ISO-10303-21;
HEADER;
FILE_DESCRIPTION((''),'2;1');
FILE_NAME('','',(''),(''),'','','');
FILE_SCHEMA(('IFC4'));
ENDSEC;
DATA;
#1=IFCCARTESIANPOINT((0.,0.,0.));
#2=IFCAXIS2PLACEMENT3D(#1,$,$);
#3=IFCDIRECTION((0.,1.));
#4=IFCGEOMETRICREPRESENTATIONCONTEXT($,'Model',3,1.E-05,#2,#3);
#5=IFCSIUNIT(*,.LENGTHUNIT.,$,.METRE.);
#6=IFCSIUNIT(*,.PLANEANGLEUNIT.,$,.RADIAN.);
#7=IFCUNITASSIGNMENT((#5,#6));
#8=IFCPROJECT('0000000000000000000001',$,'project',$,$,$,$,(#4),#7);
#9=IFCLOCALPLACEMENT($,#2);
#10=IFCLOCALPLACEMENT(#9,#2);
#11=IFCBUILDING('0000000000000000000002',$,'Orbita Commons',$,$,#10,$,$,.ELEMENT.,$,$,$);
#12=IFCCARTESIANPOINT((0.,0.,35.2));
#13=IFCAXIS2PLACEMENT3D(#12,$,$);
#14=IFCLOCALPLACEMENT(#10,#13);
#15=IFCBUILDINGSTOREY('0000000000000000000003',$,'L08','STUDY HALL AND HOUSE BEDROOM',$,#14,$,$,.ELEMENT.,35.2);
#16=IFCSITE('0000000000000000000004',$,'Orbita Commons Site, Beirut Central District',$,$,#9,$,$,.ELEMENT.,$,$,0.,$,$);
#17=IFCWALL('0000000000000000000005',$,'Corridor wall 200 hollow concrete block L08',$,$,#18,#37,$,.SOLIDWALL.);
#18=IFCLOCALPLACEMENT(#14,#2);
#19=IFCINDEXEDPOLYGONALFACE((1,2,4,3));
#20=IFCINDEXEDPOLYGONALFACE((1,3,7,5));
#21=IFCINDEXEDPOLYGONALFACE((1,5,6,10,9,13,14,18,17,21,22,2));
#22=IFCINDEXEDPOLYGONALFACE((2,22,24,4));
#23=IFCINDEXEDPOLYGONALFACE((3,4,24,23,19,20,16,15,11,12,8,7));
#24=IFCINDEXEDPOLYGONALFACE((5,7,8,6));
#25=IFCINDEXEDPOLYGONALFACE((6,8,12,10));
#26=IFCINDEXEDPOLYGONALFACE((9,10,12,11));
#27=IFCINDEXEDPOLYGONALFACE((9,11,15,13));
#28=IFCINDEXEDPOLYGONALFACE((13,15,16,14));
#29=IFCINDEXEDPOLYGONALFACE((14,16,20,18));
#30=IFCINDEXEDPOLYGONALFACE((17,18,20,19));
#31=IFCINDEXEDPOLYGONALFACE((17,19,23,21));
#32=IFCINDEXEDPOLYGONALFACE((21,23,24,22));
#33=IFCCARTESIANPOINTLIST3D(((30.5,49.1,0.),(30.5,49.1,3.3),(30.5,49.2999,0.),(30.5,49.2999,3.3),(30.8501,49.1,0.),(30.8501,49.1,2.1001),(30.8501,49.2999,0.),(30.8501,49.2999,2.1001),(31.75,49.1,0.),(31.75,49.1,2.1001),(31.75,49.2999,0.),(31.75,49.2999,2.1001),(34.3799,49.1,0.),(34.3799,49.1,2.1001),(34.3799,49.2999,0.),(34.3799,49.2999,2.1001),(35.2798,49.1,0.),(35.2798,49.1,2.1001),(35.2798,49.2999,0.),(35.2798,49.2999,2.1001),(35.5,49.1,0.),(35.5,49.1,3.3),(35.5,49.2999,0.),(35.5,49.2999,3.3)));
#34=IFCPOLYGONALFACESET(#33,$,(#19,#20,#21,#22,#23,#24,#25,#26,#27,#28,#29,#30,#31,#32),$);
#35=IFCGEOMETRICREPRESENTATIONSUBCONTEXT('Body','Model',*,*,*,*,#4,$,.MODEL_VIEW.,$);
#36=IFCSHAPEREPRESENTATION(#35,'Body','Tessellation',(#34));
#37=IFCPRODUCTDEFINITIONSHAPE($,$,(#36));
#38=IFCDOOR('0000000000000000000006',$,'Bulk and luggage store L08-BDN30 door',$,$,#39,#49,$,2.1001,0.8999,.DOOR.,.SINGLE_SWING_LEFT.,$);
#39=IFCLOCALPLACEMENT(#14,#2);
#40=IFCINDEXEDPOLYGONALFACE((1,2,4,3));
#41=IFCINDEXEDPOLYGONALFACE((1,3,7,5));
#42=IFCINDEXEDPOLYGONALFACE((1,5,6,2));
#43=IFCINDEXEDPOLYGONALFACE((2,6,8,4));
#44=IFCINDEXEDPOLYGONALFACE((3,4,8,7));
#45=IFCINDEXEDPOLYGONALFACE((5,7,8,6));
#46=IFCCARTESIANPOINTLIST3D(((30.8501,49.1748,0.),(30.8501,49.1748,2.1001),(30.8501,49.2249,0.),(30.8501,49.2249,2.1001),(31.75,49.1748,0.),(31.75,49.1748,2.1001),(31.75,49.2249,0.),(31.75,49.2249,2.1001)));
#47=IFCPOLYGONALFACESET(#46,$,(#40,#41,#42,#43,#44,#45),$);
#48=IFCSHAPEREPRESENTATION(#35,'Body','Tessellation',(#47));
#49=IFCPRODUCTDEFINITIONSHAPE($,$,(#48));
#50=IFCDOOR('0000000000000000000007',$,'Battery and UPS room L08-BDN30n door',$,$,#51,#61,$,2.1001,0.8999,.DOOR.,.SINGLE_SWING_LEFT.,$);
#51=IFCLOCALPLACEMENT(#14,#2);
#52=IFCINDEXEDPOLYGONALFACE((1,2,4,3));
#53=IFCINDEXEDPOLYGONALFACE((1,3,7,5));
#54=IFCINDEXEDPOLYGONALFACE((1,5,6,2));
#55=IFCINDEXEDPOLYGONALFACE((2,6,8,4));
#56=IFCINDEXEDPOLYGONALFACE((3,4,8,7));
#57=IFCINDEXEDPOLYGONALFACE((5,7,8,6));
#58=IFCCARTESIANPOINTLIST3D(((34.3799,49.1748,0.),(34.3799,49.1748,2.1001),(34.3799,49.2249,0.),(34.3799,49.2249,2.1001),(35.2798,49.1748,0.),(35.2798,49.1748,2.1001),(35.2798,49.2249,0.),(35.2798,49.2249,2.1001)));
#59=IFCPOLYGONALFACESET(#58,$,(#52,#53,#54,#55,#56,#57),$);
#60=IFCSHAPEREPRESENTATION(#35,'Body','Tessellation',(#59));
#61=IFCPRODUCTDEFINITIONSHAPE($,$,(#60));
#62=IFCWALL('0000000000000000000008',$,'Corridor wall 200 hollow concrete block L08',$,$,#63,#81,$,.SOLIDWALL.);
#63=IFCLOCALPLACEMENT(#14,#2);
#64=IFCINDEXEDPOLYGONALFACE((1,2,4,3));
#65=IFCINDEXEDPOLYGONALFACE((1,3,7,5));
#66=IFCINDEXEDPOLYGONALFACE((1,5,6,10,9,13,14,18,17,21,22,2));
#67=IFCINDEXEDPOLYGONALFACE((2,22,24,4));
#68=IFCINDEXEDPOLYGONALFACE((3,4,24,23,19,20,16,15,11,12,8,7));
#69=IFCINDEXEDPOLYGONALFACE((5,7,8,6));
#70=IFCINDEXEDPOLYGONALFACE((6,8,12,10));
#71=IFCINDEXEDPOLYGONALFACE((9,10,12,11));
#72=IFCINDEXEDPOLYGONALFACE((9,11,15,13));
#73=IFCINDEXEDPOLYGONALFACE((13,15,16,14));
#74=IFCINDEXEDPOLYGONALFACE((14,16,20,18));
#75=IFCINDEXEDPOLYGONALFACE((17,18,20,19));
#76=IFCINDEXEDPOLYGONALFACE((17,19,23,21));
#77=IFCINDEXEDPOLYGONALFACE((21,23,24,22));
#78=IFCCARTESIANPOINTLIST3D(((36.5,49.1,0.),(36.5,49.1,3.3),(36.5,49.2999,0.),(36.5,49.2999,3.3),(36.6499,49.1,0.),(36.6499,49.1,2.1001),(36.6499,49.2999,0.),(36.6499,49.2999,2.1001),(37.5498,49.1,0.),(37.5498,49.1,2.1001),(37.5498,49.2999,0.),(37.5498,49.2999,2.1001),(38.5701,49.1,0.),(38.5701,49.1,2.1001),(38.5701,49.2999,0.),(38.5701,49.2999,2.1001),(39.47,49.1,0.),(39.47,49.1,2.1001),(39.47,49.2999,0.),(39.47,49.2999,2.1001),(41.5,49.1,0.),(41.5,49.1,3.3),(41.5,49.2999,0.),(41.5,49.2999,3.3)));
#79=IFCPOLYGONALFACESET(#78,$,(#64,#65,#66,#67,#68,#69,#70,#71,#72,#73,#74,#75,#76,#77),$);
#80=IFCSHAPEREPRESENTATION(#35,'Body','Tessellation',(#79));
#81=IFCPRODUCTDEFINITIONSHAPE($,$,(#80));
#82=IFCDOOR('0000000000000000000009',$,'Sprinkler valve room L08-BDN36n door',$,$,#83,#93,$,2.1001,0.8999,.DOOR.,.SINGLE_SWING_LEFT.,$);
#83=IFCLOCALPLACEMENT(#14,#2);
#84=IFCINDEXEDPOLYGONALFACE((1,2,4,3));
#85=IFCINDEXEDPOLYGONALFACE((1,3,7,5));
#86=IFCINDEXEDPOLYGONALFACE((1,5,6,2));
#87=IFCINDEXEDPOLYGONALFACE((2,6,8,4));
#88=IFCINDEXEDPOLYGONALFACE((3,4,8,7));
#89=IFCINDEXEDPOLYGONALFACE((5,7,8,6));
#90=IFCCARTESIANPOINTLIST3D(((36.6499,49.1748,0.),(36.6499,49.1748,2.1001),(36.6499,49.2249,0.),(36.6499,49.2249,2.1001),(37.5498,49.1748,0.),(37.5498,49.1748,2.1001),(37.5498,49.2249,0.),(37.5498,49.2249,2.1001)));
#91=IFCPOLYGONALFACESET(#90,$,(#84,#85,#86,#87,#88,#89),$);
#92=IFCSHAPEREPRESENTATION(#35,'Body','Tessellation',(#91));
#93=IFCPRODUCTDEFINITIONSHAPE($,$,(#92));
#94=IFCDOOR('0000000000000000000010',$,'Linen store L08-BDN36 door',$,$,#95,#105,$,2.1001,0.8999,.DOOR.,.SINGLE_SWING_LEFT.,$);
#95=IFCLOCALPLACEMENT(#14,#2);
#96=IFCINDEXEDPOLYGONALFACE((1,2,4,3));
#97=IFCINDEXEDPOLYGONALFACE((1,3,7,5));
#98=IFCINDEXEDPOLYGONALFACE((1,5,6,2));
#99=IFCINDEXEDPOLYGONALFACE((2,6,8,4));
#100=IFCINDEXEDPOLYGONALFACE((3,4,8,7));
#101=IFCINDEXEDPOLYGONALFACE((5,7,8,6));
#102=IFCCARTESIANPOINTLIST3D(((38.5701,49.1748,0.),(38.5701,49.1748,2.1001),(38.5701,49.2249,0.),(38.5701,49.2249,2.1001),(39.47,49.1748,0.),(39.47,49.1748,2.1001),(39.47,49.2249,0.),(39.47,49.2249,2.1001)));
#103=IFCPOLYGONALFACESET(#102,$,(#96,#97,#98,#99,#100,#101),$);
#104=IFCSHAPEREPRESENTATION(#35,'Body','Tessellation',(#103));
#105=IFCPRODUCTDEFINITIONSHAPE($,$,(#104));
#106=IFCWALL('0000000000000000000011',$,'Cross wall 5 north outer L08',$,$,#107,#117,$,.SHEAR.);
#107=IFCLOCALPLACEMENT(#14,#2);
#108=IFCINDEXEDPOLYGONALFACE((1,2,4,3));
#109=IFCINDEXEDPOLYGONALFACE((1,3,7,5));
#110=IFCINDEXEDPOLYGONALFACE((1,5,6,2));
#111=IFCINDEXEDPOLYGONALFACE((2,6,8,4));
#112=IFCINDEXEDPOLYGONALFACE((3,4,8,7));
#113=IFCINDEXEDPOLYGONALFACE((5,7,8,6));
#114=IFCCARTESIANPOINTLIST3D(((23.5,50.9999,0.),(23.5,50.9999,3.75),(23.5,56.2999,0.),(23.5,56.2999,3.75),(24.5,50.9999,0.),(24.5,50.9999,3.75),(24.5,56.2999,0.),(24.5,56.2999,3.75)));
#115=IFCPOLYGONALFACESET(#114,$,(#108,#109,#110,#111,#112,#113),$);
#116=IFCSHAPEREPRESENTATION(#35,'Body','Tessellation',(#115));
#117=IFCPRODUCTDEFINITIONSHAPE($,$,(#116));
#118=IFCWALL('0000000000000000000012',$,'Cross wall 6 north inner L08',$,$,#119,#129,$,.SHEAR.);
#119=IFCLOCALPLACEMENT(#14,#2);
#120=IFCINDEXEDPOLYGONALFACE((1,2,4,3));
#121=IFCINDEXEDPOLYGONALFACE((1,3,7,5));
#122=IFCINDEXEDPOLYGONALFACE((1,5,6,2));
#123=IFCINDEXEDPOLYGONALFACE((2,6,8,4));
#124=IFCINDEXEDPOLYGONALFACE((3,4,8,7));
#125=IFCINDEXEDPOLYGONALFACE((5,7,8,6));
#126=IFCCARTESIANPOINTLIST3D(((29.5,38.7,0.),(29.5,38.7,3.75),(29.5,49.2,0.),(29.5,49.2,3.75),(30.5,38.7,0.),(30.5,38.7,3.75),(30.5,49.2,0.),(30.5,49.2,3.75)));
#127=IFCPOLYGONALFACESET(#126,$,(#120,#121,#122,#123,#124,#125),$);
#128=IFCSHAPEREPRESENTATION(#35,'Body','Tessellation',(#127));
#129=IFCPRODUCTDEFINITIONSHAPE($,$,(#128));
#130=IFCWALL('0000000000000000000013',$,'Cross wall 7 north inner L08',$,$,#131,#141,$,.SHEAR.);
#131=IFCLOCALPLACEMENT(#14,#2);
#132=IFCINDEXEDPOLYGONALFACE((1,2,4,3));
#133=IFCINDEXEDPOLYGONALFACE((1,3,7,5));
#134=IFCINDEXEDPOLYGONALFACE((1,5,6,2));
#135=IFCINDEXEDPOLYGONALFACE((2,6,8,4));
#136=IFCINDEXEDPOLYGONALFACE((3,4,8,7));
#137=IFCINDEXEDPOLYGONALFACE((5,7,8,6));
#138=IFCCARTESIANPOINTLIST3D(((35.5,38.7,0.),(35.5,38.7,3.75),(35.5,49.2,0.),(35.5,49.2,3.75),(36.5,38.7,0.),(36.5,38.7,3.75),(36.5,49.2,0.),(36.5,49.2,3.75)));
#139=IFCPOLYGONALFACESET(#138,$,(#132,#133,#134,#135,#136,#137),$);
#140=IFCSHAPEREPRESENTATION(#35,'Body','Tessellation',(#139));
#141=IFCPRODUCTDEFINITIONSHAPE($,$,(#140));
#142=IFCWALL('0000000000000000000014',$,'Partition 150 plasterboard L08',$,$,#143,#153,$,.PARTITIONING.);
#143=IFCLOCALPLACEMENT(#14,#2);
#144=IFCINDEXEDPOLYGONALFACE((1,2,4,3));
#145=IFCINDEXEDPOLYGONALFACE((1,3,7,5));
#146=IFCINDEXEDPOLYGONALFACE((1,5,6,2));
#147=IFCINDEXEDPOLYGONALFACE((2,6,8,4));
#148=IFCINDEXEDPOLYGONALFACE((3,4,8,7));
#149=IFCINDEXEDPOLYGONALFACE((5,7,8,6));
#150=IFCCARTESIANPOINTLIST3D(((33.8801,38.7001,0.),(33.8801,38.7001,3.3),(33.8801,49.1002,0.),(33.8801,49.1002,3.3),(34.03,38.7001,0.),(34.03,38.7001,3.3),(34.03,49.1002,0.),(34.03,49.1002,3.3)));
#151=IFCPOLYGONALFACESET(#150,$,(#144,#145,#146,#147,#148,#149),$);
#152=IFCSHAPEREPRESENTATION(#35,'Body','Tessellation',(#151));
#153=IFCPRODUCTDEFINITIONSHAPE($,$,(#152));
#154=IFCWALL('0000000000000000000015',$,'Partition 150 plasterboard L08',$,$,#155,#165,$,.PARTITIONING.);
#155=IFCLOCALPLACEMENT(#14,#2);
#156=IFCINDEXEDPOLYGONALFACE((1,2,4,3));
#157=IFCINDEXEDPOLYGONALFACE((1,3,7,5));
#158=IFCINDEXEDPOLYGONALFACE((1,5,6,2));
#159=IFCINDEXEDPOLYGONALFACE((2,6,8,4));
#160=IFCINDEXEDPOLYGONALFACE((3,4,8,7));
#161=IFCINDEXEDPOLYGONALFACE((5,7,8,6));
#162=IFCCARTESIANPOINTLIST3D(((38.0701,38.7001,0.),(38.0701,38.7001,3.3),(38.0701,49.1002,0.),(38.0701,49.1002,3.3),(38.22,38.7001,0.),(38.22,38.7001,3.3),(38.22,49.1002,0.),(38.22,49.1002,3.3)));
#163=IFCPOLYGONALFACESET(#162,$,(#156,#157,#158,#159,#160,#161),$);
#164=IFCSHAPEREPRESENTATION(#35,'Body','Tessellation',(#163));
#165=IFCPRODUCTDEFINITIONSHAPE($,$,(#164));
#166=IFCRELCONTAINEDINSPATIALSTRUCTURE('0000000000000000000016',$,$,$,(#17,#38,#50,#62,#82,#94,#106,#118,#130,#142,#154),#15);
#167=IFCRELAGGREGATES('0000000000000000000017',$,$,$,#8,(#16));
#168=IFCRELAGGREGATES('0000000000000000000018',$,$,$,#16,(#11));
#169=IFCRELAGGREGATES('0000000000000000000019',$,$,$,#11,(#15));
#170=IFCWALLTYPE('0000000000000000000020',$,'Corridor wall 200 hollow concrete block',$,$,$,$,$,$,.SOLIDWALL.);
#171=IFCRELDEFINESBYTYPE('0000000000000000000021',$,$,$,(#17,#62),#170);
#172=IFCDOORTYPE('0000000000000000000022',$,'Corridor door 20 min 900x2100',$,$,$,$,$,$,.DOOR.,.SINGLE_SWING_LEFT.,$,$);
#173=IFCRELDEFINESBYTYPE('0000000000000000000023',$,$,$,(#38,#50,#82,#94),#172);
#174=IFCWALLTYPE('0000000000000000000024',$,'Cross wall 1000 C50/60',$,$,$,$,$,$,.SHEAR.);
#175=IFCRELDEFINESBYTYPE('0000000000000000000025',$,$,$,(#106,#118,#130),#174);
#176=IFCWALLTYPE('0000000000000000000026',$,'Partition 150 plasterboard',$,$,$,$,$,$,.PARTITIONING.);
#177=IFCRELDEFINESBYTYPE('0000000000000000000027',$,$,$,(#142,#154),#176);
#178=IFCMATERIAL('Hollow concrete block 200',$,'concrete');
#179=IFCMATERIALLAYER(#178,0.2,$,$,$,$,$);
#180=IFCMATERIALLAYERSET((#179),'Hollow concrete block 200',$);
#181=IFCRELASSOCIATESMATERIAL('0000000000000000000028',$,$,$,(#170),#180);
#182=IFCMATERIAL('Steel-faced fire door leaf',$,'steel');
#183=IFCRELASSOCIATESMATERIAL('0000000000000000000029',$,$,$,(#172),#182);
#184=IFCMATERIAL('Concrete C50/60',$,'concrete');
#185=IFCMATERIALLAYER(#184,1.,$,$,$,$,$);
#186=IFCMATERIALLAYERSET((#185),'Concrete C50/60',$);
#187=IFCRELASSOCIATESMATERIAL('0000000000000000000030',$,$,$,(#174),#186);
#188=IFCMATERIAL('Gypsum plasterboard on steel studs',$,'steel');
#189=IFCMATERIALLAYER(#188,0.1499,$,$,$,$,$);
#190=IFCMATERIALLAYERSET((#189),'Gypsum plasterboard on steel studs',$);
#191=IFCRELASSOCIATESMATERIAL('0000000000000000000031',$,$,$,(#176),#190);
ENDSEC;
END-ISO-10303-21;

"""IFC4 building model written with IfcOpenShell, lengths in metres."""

from ifc_helpers import new_model, si_unit, direction, frame, frame_2d, origin, place, context, subcontext, project, spatial, rectangle, extrude, material, layer, layer_set, type_object, element, fill, save


model = new_model("IFC4")

# Units and contexts
model_context = context("Model", 3, precision=1e-05, world=origin(), true_north=direction((0.0, 1.0)))
body_context = subcontext(model_context, "Body", "Model", "MODEL_VIEW")
ifc_project = project(units=[si_unit("LENGTHUNIT", "METRE"), si_unit("PLANEANGLEUNIT", "RADIAN")], contexts=[model_context])

# Site, building, storey
site_placement = place(None, origin())
site = spatial("IfcSite", under=ifc_project, at=site_placement, Name="Orbita Commons Site, Beirut Central District", CompositionType="ELEMENT", RefElevation=0.0)
building_placement = place(site_placement, origin())
building = spatial("IfcBuilding", under=site, at=building_placement, Name="Orbita Commons", CompositionType="ELEMENT")
storey_placement = place(building_placement, frame((0.0, 0.0, 35.2)))
storey = spatial("IfcBuildingStorey", under=building, at=storey_placement, Name="L08", Description="STUDY HALL AND HOUSE BEDROOM", CompositionType="ELEMENT", Elevation=35.2)

# Shared definitions
ifc_material_1 = material(Name="Hollow concrete block 200", Category="concrete")
ifc_layer_1 = layer(ifc_material_1, 0.2)
ifc_layer_set_1 = layer_set([ifc_layer_1], Name="Hollow concrete block 200")
wall_type_1 = type_object("IfcWallType", Name="Corridor wall 200 hollow concrete block", PredefinedType="SOLIDWALL", material=ifc_layer_set_1)

# Walls, openings, doors
wall_1_placement = place(storey_placement, frame((30.5, 49.2, 0.0), z_axis=(0.0, 0.0, 1.0), x_axis=(1.0, 0.0, 0.0)))
wall_1 = element("IfcWall", 1, at=wall_1_placement, inside=storey, type_object=wall_type_1, Name="Corridor wall 200 hollow concrete block L08", PredefinedType="SOLIDWALL", context=body_context, shape_type="SweptSolid", body=[
    extrude(rectangle(XDim=5.0, YDim=0.2, at=frame_2d((2.5, 0.0))), origin(), (0.0, 0.0, 1.0), 3.3),
])
opening_1_placement = place(wall_1_placement, frame((0.3501, 0.0, 0.0)))
opening_1 = element("IfcOpeningElement", 2, at=opening_1_placement, cuts=wall_1, PredefinedType="OPENING", context=body_context, shape_type="SweptSolid", body=[
    extrude(rectangle(XDim=0.8999, YDim=2.1001, at=frame_2d((0.45, 1.05))), frame((0.0, 0.1099, 0.0), z_axis=(0.0, -1.0, 0.0), x_axis=(1.0, 0.0, 0.0)), (0.0, 0.0, 1.0), 0.22),
])
opening_2_placement = place(wall_1_placement, frame((3.8799, 0.0, 0.0)))
opening_2 = element("IfcOpeningElement", 3, at=opening_2_placement, cuts=wall_1, PredefinedType="OPENING", context=body_context, shape_type="SweptSolid", body=[
    extrude(rectangle(XDim=0.8999, YDim=2.1001, at=frame_2d((0.45, 1.05))), frame((0.0, 0.1099, 0.0), z_axis=(0.0, -1.0, 0.0), x_axis=(1.0, 0.0, 0.0)), (0.0, 0.0, 1.0), 0.22),
])
ifc_material_2 = material(Name="Steel-faced fire door leaf", Category="steel")
door_type_1 = type_object("IfcDoorType", Name="Corridor door 20 min 900x2100", OperationType="SINGLE_SWING_LEFT", PredefinedType="DOOR", material=ifc_material_2)
door_1_placement = place(opening_1_placement, origin())
door_1 = element("IfcDoor", 4, at=door_1_placement, inside=storey, type_object=door_type_1, Name="Bulk and luggage store L08-BDN30 door", OperationType="SINGLE_SWING_LEFT", OverallHeight=2.1001, OverallWidth=0.8999, PredefinedType="DOOR", context=body_context, shape_type="SweptSolid", body=[
    extrude(rectangle(XDim=0.8999, YDim=2.1001, at=frame_2d((0.45, 1.05))), frame((0.0, 0.0249, 0.0), z_axis=(0.0, -1.0, 0.0), x_axis=(1.0, 0.0, 0.0)), (0.0, 0.0, 1.0), 0.05),
])
fill(opening_1, door_1)
door_2_placement = place(opening_2_placement, origin())
door_2 = element("IfcDoor", 5, at=door_2_placement, inside=storey, type_object=door_type_1, Name="Battery and UPS room L08-BDN30n door", OperationType="SINGLE_SWING_LEFT", OverallHeight=2.1001, OverallWidth=0.8999, PredefinedType="DOOR", context=body_context, shape_type="SweptSolid", body=[
    extrude(rectangle(XDim=0.8999, YDim=2.1001, at=frame_2d((0.45, 1.05))), frame((0.0, 0.0249, 0.0), z_axis=(0.0, -1.0, 0.0), x_axis=(1.0, 0.0, 0.0)), (0.0, 0.0, 1.0), 0.05),
])
fill(opening_2, door_2)
wall_2_placement = place(storey_placement, frame((36.5, 49.2, 0.0), z_axis=(0.0, 0.0, 1.0), x_axis=(1.0, 0.0, 0.0)))
wall_2 = element("IfcWall", 6, at=wall_2_placement, inside=storey, type_object=wall_type_1, Name="Corridor wall 200 hollow concrete block L08", PredefinedType="SOLIDWALL", context=body_context, shape_type="SweptSolid", body=[
    extrude(rectangle(XDim=5.0, YDim=0.2, at=frame_2d((2.5, 0.0))), origin(), (0.0, 0.0, 1.0), 3.3),
])
opening_3_placement = place(wall_2_placement, frame((0.1499, 0.0, 0.0)))
opening_3 = element("IfcOpeningElement", 7, at=opening_3_placement, cuts=wall_2, PredefinedType="OPENING", context=body_context, shape_type="SweptSolid", body=[
    extrude(rectangle(XDim=0.8999, YDim=2.1001, at=frame_2d((0.45, 1.05))), frame((0.0, 0.1099, 0.0), z_axis=(0.0, -1.0, 0.0), x_axis=(1.0, 0.0, 0.0)), (0.0, 0.0, 1.0), 0.22),
])
opening_4_placement = place(wall_2_placement, frame((2.0701, 0.0, 0.0)))
opening_4 = element("IfcOpeningElement", 8, at=opening_4_placement, cuts=wall_2, PredefinedType="OPENING", context=body_context, shape_type="SweptSolid", body=[
    extrude(rectangle(XDim=0.8999, YDim=2.1001, at=frame_2d((0.45, 1.05))), frame((0.0, 0.1099, 0.0), z_axis=(0.0, -1.0, 0.0), x_axis=(1.0, 0.0, 0.0)), (0.0, 0.0, 1.0), 0.22),
])
door_3_placement = place(opening_3_placement, origin())
door_3 = element("IfcDoor", 9, at=door_3_placement, inside=storey, type_object=door_type_1, Name="Sprinkler valve room L08-BDN36n door", OperationType="SINGLE_SWING_LEFT", OverallHeight=2.1001, OverallWidth=0.8999, PredefinedType="DOOR", context=body_context, shape_type="SweptSolid", body=[
    extrude(rectangle(XDim=0.8999, YDim=2.1001, at=frame_2d((0.45, 1.05))), frame((0.0, 0.0249, 0.0), z_axis=(0.0, -1.0, 0.0), x_axis=(1.0, 0.0, 0.0)), (0.0, 0.0, 1.0), 0.05),
])
fill(opening_3, door_3)
door_4_placement = place(opening_4_placement, origin())
door_4 = element("IfcDoor", 10, at=door_4_placement, inside=storey, type_object=door_type_1, Name="Linen store L08-BDN36 door", OperationType="SINGLE_SWING_LEFT", OverallHeight=2.1001, OverallWidth=0.8999, PredefinedType="DOOR", context=body_context, shape_type="SweptSolid", body=[
    extrude(rectangle(XDim=0.8999, YDim=2.1001, at=frame_2d((0.45, 1.05))), frame((0.0, 0.0249, 0.0), z_axis=(0.0, -1.0, 0.0), x_axis=(1.0, 0.0, 0.0)), (0.0, 0.0, 1.0), 0.05),
])
fill(opening_4, door_4)

# Walls
ifc_material_3 = material(Name="Concrete C50/60", Category="concrete")
ifc_layer_2 = layer(ifc_material_3, 1.0)
ifc_layer_set_2 = layer_set([ifc_layer_2], Name="Concrete C50/60")
wall_type_2 = type_object("IfcWallType", Name="Cross wall 1000 C50/60", PredefinedType="SHEAR", material=ifc_layer_set_2)
wall_3_placement = place(storey_placement, frame((24.0, 51.0, 0.0), z_axis=(0.0, 0.0, 1.0), x_axis=(0.0, 1.0, 0.0)))
element("IfcWall", 11, at=wall_3_placement, inside=storey, type_object=wall_type_2, Name="Cross wall 5 north outer L08", PredefinedType="SHEAR", context=body_context, shape_type="SweptSolid", body=[
    extrude(rectangle(XDim=5.3, YDim=1.0, at=frame_2d((2.6499, 0.0))), origin(), (0.0, 0.0, 1.0), 3.75),
])
for number, where, z_axis, x_axis, name in (
    (12, (30.0, 38.7, 0.0), (0.0, 0.0, 1.0), (0.0, 1.0, 0.0), "Cross wall 6 north inner L08"),
    (13, (36.0, 38.7, 0.0), (0.0, 0.0, 1.0), (0.0, 1.0, 0.0), "Cross wall 7 north inner L08"),
):
    element("IfcWall", number, at=place(storey_placement, frame(where, z_axis=z_axis, x_axis=x_axis)), inside=storey, type_object=wall_type_2, Name=name, PredefinedType="SHEAR", context=body_context, shape_type="SweptSolid", body=[
        extrude(rectangle(XDim=10.5, YDim=1.0, at=frame_2d((5.25, 0.0))), origin(), (0.0, 0.0, 1.0), 3.75),
    ])
ifc_material_4 = material(Name="Gypsum plasterboard on steel studs", Category="steel")
ifc_layer_3 = layer(ifc_material_4, 0.1499)
ifc_layer_set_3 = layer_set([ifc_layer_3], Name="Gypsum plasterboard on steel studs")
wall_type_3 = type_object("IfcWallType", Name="Partition 150 plasterboard", PredefinedType="PARTITIONING", material=ifc_layer_set_3)
for number, where, z_axis, x_axis, name in (
    (14, (33.9551, 38.7, 0.0), (0.0, 0.0, 1.0), (0.0, 1.0, 0.0), "Partition 150 plasterboard L08"),
    (15, (38.145, 38.7, 0.0), (0.0, 0.0, 1.0), (0.0, 1.0, 0.0), "Partition 150 plasterboard L08"),
):
    element("IfcWall", number, at=place(storey_placement, frame(where, z_axis=z_axis, x_axis=x_axis)), inside=storey, type_object=wall_type_3, Name=name, PredefinedType="PARTITIONING", context=body_context, shape_type="SweptSolid", body=[
        extrude(rectangle(XDim=10.4001, YDim=0.1499, at=frame_2d((5.2002, 0.0))), origin(), (0.0, 0.0, 1.0), 3.3),
    ])

save(model, "model.ifc")
